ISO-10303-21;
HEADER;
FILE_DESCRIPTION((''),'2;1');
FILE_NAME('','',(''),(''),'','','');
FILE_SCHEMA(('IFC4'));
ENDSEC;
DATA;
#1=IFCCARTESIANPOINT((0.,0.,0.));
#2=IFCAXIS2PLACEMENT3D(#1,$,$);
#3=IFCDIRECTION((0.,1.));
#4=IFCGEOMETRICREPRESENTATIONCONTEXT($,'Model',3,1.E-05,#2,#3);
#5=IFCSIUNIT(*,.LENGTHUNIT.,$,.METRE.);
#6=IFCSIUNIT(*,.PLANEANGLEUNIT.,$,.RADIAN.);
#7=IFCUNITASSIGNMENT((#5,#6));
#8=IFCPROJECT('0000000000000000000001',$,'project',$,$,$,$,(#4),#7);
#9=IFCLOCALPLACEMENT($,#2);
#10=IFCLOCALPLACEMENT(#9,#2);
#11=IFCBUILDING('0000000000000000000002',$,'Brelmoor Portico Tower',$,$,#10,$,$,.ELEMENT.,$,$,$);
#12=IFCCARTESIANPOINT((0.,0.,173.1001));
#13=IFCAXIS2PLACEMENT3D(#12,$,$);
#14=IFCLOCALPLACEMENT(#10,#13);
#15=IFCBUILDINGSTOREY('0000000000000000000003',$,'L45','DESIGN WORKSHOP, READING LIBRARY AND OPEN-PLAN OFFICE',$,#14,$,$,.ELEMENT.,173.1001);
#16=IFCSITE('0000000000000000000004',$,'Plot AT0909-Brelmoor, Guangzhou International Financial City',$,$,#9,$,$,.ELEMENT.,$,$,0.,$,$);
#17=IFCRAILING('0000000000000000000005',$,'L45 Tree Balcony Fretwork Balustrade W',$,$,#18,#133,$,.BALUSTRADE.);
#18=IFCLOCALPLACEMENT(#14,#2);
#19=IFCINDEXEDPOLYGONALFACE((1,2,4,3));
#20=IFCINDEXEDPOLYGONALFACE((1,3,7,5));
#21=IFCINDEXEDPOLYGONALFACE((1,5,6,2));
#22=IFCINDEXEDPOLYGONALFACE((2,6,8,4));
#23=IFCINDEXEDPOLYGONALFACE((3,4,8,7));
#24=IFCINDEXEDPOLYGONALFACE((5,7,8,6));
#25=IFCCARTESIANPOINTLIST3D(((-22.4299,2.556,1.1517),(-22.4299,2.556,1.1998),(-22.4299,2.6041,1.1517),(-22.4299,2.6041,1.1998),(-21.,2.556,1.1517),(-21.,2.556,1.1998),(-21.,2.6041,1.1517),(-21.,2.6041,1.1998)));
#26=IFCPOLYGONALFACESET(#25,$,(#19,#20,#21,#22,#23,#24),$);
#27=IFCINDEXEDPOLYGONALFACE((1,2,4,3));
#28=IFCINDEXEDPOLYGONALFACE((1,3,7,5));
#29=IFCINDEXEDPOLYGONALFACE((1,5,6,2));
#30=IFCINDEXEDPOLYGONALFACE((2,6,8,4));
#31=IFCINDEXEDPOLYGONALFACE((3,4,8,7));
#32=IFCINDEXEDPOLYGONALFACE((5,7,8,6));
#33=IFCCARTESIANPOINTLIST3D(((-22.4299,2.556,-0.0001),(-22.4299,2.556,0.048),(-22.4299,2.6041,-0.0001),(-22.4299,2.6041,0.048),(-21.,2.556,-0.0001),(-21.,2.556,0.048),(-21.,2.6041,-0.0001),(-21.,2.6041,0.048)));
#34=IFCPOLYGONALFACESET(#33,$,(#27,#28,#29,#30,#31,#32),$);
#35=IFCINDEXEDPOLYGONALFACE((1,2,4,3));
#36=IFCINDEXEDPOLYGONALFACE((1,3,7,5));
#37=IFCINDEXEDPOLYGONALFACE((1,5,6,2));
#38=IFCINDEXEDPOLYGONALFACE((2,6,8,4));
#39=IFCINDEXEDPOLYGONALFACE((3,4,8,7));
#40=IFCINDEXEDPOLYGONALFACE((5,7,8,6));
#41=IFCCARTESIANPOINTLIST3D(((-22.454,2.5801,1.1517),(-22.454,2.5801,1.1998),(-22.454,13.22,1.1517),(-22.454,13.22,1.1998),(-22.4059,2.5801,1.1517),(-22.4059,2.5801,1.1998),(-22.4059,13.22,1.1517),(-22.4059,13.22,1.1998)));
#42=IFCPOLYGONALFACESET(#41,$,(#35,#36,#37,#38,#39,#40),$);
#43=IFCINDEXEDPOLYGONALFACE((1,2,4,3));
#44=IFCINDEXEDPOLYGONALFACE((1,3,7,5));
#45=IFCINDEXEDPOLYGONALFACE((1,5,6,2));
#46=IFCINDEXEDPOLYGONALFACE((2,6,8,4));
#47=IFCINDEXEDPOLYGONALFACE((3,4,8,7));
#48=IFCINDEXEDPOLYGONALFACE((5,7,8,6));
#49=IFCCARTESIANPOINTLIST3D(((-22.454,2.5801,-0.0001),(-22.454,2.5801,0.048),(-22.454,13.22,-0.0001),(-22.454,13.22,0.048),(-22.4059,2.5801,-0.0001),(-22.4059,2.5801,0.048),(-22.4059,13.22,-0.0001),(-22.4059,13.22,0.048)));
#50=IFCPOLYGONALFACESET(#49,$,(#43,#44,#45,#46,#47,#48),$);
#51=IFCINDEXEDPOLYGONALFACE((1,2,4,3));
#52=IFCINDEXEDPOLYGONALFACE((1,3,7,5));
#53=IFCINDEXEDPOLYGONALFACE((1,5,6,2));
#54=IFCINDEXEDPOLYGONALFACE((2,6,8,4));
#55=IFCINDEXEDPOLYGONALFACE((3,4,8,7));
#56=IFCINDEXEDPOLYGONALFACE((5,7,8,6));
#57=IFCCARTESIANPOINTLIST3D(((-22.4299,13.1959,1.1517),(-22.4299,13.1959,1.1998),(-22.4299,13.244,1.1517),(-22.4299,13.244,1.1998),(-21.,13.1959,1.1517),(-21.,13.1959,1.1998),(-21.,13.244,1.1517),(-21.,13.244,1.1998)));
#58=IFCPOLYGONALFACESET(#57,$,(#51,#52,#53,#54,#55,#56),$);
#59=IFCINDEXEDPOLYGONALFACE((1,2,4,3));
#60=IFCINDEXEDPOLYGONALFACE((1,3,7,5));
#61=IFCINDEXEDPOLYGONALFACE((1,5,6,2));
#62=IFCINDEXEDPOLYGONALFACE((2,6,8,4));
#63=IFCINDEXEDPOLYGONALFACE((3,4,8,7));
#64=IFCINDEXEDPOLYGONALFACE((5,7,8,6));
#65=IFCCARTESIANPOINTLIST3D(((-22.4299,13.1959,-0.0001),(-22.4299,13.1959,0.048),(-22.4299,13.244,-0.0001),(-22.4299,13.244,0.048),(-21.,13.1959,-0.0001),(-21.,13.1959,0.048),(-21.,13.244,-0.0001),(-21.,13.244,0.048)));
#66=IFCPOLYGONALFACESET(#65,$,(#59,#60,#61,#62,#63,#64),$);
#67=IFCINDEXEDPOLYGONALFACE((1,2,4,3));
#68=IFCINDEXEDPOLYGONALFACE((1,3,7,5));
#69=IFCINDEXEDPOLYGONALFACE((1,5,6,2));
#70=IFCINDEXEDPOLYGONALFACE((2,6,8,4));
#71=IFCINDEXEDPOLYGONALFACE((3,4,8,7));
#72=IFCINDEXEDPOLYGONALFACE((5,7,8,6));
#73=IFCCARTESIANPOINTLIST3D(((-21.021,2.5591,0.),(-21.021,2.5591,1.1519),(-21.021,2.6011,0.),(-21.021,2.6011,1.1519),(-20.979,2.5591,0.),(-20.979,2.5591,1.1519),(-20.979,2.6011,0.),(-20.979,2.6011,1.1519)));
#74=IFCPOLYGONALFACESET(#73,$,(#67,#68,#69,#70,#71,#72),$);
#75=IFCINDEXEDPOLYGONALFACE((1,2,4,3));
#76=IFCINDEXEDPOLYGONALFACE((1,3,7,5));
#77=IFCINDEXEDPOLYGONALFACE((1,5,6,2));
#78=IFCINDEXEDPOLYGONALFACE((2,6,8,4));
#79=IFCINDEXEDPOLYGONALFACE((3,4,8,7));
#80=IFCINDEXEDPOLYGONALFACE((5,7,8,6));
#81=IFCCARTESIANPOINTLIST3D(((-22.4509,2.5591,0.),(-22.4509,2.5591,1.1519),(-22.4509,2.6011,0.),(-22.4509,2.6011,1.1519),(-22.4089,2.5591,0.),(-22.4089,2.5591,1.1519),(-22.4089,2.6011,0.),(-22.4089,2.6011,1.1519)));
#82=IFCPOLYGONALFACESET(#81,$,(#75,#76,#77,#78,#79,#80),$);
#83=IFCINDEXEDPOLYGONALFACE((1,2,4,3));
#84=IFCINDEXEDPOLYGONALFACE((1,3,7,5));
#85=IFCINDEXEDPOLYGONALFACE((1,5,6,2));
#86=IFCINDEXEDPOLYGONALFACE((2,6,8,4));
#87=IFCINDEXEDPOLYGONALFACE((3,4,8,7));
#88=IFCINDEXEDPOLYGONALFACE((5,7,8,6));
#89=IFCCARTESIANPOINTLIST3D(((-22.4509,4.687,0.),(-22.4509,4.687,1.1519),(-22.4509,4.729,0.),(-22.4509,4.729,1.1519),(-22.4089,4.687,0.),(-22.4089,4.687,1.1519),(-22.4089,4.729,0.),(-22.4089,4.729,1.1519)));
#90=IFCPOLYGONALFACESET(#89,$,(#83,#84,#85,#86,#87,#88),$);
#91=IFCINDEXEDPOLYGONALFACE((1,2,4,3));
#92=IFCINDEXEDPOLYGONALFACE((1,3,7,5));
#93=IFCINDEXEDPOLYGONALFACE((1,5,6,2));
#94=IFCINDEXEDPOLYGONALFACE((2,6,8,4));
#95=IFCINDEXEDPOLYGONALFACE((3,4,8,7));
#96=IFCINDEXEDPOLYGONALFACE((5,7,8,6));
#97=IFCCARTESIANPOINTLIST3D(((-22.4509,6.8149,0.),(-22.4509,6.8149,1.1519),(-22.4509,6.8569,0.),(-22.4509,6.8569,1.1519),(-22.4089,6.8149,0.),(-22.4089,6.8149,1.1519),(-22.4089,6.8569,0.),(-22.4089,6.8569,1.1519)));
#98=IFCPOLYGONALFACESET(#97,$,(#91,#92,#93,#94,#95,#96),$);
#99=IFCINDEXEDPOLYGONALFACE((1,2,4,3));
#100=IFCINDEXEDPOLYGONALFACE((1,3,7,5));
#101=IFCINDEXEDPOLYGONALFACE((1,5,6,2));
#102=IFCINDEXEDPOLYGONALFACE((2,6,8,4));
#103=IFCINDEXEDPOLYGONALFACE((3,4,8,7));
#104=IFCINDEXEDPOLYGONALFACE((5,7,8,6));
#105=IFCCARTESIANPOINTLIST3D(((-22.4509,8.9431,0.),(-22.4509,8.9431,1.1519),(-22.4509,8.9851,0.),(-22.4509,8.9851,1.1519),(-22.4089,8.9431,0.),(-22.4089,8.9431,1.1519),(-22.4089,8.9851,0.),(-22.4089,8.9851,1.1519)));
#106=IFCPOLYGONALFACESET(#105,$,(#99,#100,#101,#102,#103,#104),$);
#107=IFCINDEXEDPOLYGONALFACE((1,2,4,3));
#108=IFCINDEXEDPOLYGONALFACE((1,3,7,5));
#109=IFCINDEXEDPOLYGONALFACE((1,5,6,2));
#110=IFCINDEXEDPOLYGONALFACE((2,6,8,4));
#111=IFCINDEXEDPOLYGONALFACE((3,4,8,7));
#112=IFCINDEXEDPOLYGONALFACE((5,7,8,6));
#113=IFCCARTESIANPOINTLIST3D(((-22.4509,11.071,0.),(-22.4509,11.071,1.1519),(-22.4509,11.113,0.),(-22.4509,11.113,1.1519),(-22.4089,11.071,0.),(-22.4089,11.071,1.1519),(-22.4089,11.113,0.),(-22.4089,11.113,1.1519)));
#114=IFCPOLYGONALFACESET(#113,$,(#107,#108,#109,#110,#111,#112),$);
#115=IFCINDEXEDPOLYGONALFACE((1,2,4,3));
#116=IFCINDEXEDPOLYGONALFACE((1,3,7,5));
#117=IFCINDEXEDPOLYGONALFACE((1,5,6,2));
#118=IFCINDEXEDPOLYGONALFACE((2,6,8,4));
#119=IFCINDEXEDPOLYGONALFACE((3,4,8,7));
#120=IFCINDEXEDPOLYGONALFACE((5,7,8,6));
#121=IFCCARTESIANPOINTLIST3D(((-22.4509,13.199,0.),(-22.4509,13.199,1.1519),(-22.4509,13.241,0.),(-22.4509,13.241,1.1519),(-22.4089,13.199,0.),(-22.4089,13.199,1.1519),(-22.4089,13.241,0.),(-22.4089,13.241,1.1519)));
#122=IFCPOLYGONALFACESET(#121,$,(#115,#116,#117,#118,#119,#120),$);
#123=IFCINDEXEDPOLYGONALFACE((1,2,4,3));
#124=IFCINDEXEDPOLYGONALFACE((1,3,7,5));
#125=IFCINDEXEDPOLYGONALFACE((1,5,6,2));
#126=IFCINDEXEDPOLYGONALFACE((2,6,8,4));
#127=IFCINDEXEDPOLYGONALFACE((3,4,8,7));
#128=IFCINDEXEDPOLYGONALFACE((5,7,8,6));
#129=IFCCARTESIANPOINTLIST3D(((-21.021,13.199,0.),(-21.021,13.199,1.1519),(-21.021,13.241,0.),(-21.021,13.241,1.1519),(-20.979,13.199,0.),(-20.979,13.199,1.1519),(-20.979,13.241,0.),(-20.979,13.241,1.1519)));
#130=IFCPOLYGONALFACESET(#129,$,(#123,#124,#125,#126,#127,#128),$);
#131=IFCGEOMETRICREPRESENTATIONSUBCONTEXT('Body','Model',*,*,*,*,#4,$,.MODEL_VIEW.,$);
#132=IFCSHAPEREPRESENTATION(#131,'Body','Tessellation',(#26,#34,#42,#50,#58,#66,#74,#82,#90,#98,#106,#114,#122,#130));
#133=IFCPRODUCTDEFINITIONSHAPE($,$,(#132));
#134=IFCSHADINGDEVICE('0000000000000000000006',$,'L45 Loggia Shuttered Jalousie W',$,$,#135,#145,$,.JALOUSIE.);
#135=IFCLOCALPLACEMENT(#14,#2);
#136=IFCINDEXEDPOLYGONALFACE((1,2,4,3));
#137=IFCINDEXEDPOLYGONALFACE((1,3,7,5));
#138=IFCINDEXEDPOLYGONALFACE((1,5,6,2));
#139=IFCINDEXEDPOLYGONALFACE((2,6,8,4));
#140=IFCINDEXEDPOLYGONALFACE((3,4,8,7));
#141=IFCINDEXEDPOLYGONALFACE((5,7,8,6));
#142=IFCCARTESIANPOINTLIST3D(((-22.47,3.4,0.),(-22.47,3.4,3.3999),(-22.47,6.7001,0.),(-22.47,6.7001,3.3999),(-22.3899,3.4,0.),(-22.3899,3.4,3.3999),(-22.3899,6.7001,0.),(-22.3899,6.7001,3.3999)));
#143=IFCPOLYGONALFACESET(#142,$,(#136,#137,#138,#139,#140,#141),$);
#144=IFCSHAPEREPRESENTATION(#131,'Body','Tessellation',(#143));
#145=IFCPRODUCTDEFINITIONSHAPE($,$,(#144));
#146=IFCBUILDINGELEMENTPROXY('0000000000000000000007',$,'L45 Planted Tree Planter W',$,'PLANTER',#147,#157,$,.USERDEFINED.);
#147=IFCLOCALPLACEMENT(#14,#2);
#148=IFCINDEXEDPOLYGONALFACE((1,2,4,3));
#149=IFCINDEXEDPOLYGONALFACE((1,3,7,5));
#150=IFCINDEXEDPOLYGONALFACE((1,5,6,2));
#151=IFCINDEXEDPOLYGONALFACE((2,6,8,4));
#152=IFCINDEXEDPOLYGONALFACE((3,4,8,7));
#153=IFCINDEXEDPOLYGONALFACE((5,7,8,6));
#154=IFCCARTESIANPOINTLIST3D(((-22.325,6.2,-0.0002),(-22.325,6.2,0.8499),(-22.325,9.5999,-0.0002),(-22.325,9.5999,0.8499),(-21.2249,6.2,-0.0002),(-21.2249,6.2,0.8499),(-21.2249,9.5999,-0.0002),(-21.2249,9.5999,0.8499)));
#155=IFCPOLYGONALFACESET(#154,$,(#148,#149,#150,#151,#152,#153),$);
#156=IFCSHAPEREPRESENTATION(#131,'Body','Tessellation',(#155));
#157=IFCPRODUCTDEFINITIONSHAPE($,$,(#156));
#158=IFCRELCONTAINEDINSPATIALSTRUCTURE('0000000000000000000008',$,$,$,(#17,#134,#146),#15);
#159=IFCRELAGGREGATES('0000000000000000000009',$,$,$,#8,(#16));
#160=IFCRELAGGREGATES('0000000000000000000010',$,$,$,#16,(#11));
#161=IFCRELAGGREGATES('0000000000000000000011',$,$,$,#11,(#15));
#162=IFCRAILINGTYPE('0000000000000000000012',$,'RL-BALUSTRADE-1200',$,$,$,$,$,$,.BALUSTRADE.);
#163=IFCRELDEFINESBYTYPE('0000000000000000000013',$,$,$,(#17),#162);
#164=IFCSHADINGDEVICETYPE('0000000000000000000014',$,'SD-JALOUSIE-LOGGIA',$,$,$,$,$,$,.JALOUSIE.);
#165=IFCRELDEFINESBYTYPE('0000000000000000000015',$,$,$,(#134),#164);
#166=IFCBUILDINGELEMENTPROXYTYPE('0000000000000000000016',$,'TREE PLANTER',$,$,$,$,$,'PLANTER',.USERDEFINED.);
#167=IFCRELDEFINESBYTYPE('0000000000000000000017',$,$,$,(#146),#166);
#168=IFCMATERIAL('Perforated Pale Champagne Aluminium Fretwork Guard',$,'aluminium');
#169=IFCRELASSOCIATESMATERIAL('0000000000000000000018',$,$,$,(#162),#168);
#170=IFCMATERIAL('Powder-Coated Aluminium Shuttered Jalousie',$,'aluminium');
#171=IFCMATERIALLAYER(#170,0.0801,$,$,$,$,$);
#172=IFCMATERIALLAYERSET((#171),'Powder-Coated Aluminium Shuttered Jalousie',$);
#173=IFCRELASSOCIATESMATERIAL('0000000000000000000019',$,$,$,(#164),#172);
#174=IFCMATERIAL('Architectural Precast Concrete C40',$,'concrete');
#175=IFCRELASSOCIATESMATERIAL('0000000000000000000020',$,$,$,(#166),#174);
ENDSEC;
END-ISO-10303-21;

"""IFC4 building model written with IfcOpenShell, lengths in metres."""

from ifc_helpers import new_model, si_unit, direction, frame, origin, origin_2d, place, context, subcontext, project, spatial, rectangle, extrude, material, layer, layer_set, type_object, element, save


model = new_model("IFC4")

# Units and contexts
model_context = context("Model", 3, precision=1e-05, world=origin(), true_north=direction((0.0, 1.0)))
body_context = subcontext(model_context, "Body", "Model", "MODEL_VIEW")
ifc_project = project(units=[si_unit("LENGTHUNIT", "METRE"), si_unit("PLANEANGLEUNIT", "RADIAN")], contexts=[model_context])

# Site, building, storey
site_placement = place(None, origin())
site = spatial("IfcSite", under=ifc_project, at=site_placement, Name="Plot AT0909-Brelmoor, Guangzhou International Financial City", CompositionType="ELEMENT", RefElevation=0.0)
building_placement = place(site_placement, origin())
building = spatial("IfcBuilding", under=site, at=building_placement, Name="Brelmoor Portico Tower", CompositionType="ELEMENT")
storey_placement = place(building_placement, frame((0.0, 0.0, 173.1001)))
storey = spatial("IfcBuildingStorey", under=building, at=storey_placement, Name="L45", Description="DESIGN WORKSHOP, READING LIBRARY AND OPEN-PLAN OFFICE", CompositionType="ELEMENT", Elevation=173.1001)

# Railing
ifc_material_1 = material(Name="Perforated Pale Champagne Aluminium Fretwork Guard", Category="aluminium")
railing_type = type_object("IfcRailingType", Name="RL-BALUSTRADE-1200", PredefinedType="BALUSTRADE", material=ifc_material_1)
railing_placement = place(storey_placement, frame((-21.0, 2.5801, 0.0)))
element("IfcRailing", 1, at=railing_placement, inside=storey, type_object=railing_type, Name="L45 Tree Balcony Fretwork Balustrade W", PredefinedType="BALUSTRADE", context=body_context, shape_type="SweptSolid", body=[
    extrude(rectangle(XDim=0.0481, YDim=0.0481, at=origin_2d()), frame((0.0, 0.0, 1.1758), z_axis=(-1.0, 0.0, 0.0), x_axis=(0.0, -1.0, 0.0)), (0.0, 0.0, 1.0), 1.4299),
    extrude(rectangle(XDim=0.0481, YDim=0.0481, at=origin_2d()), frame((0.0, 0.0, 0.0239), z_axis=(-1.0, 0.0, 0.0), x_axis=(0.0, -1.0, 0.0)), (0.0, 0.0, 1.0), 1.4299),
    extrude(rectangle(XDim=0.0481, YDim=0.0481, at=origin_2d()), frame((-1.4299, 0.0, 1.1758), z_axis=(0.0, 1.0, 0.0), x_axis=(-1.0, 0.0, 0.0)), (0.0, 0.0, 1.0), 10.6399),
    extrude(rectangle(XDim=0.0481, YDim=0.0481, at=origin_2d()), frame((-1.4299, 0.0, 0.0239), z_axis=(0.0, 1.0, 0.0), x_axis=(-1.0, 0.0, 0.0)), (0.0, 0.0, 1.0), 10.6399),
    extrude(rectangle(XDim=0.0481, YDim=0.0481, at=origin_2d()), frame((-1.4299, 10.6399, 1.1758), z_axis=(1.0, 0.0, 0.0), x_axis=(0.0, 1.0, 0.0)), (0.0, 0.0, 1.0), 1.4299),
    extrude(rectangle(XDim=0.0481, YDim=0.0481, at=origin_2d()), frame((-1.4299, 10.6399, 0.0239), z_axis=(1.0, 0.0, 0.0), x_axis=(0.0, 1.0, 0.0)), (0.0, 0.0, 1.0), 1.4299),
    extrude(rectangle(XDim=0.042, YDim=0.042, at=origin_2d()), origin(), (0.0, 0.0, 1.0), 1.1519),
    extrude(rectangle(XDim=0.042, YDim=0.042, at=origin_2d()), frame((-1.4299, 0.0, 0.0)), (0.0, 0.0, 1.0), 1.1519),
    extrude(rectangle(XDim=0.042, YDim=0.042, at=origin_2d()), frame((-1.4299, 2.1279, 0.0)), (0.0, 0.0, 1.0), 1.1519),
    extrude(rectangle(XDim=0.042, YDim=0.042, at=origin_2d()), frame((-1.4299, 4.2559, 0.0)), (0.0, 0.0, 1.0), 1.1519),
    extrude(rectangle(XDim=0.042, YDim=0.042, at=origin_2d()), frame((-1.4299, 6.384, 0.0)), (0.0, 0.0, 1.0), 1.1519),
    extrude(rectangle(XDim=0.042, YDim=0.042, at=origin_2d()), frame((-1.4299, 8.512, 0.0)), (0.0, 0.0, 1.0), 1.1519),
    extrude(rectangle(XDim=0.042, YDim=0.042, at=origin_2d()), frame((-1.4299, 10.6399, 0.0)), (0.0, 0.0, 1.0), 1.1519),
    extrude(rectangle(XDim=0.042, YDim=0.042, at=origin_2d()), frame((0.0, 10.6399, 0.0)), (0.0, 0.0, 1.0), 1.1519),
])

# Shading device
ifc_material_2 = material(Name="Powder-Coated Aluminium Shuttered Jalousie", Category="aluminium")
ifc_layer_1 = layer(ifc_material_2, 0.0801)
ifc_layer_set_1 = layer_set([ifc_layer_1], Name="Powder-Coated Aluminium Shuttered Jalousie")
shading_device_type = type_object("IfcShadingDeviceType", Name="SD-JALOUSIE-LOGGIA", PredefinedType="JALOUSIE", material=ifc_layer_set_1)
shading_device_placement = place(storey_placement, frame((-22.4299, 5.05, 0.0), z_axis=(0.0, 0.0, 1.0), x_axis=(0.0, 1.0, 0.0)))
element("IfcShadingDevice", 2, at=shading_device_placement, inside=storey, type_object=shading_device_type, Name="L45 Loggia Shuttered Jalousie W", PredefinedType="JALOUSIE", context=body_context, shape_type="SweptSolid", body=[
    extrude(rectangle(XDim=3.3, YDim=0.0801, at=origin_2d()), origin(), (0.0, 0.0, 1.0), 3.3999),
])

# Building element proxy
ifc_material_3 = material(Name="Architectural Precast Concrete C40", Category="concrete")
building_element_proxy_type = type_object("IfcBuildingElementProxyType", Name="TREE PLANTER", ElementType="PLANTER", PredefinedType="USERDEFINED", material=ifc_material_3)
proxy_placement = place(storey_placement, frame((-21.7749, 7.8999, -0.0002), z_axis=(0.0, 0.0, 1.0), x_axis=(0.0, 1.0, 0.0)))
element("IfcBuildingElementProxy", 3, at=proxy_placement, inside=storey, type_object=building_element_proxy_type, Name="L45 Planted Tree Planter W", ObjectType="PLANTER", PredefinedType="USERDEFINED", context=body_context, shape_type="SweptSolid", body=[
    extrude(rectangle(XDim=3.3999, YDim=1.1001, at=origin_2d()), origin(), (0.0, 0.0, 1.0), 0.8501),
])

save(model, "model.ifc")
